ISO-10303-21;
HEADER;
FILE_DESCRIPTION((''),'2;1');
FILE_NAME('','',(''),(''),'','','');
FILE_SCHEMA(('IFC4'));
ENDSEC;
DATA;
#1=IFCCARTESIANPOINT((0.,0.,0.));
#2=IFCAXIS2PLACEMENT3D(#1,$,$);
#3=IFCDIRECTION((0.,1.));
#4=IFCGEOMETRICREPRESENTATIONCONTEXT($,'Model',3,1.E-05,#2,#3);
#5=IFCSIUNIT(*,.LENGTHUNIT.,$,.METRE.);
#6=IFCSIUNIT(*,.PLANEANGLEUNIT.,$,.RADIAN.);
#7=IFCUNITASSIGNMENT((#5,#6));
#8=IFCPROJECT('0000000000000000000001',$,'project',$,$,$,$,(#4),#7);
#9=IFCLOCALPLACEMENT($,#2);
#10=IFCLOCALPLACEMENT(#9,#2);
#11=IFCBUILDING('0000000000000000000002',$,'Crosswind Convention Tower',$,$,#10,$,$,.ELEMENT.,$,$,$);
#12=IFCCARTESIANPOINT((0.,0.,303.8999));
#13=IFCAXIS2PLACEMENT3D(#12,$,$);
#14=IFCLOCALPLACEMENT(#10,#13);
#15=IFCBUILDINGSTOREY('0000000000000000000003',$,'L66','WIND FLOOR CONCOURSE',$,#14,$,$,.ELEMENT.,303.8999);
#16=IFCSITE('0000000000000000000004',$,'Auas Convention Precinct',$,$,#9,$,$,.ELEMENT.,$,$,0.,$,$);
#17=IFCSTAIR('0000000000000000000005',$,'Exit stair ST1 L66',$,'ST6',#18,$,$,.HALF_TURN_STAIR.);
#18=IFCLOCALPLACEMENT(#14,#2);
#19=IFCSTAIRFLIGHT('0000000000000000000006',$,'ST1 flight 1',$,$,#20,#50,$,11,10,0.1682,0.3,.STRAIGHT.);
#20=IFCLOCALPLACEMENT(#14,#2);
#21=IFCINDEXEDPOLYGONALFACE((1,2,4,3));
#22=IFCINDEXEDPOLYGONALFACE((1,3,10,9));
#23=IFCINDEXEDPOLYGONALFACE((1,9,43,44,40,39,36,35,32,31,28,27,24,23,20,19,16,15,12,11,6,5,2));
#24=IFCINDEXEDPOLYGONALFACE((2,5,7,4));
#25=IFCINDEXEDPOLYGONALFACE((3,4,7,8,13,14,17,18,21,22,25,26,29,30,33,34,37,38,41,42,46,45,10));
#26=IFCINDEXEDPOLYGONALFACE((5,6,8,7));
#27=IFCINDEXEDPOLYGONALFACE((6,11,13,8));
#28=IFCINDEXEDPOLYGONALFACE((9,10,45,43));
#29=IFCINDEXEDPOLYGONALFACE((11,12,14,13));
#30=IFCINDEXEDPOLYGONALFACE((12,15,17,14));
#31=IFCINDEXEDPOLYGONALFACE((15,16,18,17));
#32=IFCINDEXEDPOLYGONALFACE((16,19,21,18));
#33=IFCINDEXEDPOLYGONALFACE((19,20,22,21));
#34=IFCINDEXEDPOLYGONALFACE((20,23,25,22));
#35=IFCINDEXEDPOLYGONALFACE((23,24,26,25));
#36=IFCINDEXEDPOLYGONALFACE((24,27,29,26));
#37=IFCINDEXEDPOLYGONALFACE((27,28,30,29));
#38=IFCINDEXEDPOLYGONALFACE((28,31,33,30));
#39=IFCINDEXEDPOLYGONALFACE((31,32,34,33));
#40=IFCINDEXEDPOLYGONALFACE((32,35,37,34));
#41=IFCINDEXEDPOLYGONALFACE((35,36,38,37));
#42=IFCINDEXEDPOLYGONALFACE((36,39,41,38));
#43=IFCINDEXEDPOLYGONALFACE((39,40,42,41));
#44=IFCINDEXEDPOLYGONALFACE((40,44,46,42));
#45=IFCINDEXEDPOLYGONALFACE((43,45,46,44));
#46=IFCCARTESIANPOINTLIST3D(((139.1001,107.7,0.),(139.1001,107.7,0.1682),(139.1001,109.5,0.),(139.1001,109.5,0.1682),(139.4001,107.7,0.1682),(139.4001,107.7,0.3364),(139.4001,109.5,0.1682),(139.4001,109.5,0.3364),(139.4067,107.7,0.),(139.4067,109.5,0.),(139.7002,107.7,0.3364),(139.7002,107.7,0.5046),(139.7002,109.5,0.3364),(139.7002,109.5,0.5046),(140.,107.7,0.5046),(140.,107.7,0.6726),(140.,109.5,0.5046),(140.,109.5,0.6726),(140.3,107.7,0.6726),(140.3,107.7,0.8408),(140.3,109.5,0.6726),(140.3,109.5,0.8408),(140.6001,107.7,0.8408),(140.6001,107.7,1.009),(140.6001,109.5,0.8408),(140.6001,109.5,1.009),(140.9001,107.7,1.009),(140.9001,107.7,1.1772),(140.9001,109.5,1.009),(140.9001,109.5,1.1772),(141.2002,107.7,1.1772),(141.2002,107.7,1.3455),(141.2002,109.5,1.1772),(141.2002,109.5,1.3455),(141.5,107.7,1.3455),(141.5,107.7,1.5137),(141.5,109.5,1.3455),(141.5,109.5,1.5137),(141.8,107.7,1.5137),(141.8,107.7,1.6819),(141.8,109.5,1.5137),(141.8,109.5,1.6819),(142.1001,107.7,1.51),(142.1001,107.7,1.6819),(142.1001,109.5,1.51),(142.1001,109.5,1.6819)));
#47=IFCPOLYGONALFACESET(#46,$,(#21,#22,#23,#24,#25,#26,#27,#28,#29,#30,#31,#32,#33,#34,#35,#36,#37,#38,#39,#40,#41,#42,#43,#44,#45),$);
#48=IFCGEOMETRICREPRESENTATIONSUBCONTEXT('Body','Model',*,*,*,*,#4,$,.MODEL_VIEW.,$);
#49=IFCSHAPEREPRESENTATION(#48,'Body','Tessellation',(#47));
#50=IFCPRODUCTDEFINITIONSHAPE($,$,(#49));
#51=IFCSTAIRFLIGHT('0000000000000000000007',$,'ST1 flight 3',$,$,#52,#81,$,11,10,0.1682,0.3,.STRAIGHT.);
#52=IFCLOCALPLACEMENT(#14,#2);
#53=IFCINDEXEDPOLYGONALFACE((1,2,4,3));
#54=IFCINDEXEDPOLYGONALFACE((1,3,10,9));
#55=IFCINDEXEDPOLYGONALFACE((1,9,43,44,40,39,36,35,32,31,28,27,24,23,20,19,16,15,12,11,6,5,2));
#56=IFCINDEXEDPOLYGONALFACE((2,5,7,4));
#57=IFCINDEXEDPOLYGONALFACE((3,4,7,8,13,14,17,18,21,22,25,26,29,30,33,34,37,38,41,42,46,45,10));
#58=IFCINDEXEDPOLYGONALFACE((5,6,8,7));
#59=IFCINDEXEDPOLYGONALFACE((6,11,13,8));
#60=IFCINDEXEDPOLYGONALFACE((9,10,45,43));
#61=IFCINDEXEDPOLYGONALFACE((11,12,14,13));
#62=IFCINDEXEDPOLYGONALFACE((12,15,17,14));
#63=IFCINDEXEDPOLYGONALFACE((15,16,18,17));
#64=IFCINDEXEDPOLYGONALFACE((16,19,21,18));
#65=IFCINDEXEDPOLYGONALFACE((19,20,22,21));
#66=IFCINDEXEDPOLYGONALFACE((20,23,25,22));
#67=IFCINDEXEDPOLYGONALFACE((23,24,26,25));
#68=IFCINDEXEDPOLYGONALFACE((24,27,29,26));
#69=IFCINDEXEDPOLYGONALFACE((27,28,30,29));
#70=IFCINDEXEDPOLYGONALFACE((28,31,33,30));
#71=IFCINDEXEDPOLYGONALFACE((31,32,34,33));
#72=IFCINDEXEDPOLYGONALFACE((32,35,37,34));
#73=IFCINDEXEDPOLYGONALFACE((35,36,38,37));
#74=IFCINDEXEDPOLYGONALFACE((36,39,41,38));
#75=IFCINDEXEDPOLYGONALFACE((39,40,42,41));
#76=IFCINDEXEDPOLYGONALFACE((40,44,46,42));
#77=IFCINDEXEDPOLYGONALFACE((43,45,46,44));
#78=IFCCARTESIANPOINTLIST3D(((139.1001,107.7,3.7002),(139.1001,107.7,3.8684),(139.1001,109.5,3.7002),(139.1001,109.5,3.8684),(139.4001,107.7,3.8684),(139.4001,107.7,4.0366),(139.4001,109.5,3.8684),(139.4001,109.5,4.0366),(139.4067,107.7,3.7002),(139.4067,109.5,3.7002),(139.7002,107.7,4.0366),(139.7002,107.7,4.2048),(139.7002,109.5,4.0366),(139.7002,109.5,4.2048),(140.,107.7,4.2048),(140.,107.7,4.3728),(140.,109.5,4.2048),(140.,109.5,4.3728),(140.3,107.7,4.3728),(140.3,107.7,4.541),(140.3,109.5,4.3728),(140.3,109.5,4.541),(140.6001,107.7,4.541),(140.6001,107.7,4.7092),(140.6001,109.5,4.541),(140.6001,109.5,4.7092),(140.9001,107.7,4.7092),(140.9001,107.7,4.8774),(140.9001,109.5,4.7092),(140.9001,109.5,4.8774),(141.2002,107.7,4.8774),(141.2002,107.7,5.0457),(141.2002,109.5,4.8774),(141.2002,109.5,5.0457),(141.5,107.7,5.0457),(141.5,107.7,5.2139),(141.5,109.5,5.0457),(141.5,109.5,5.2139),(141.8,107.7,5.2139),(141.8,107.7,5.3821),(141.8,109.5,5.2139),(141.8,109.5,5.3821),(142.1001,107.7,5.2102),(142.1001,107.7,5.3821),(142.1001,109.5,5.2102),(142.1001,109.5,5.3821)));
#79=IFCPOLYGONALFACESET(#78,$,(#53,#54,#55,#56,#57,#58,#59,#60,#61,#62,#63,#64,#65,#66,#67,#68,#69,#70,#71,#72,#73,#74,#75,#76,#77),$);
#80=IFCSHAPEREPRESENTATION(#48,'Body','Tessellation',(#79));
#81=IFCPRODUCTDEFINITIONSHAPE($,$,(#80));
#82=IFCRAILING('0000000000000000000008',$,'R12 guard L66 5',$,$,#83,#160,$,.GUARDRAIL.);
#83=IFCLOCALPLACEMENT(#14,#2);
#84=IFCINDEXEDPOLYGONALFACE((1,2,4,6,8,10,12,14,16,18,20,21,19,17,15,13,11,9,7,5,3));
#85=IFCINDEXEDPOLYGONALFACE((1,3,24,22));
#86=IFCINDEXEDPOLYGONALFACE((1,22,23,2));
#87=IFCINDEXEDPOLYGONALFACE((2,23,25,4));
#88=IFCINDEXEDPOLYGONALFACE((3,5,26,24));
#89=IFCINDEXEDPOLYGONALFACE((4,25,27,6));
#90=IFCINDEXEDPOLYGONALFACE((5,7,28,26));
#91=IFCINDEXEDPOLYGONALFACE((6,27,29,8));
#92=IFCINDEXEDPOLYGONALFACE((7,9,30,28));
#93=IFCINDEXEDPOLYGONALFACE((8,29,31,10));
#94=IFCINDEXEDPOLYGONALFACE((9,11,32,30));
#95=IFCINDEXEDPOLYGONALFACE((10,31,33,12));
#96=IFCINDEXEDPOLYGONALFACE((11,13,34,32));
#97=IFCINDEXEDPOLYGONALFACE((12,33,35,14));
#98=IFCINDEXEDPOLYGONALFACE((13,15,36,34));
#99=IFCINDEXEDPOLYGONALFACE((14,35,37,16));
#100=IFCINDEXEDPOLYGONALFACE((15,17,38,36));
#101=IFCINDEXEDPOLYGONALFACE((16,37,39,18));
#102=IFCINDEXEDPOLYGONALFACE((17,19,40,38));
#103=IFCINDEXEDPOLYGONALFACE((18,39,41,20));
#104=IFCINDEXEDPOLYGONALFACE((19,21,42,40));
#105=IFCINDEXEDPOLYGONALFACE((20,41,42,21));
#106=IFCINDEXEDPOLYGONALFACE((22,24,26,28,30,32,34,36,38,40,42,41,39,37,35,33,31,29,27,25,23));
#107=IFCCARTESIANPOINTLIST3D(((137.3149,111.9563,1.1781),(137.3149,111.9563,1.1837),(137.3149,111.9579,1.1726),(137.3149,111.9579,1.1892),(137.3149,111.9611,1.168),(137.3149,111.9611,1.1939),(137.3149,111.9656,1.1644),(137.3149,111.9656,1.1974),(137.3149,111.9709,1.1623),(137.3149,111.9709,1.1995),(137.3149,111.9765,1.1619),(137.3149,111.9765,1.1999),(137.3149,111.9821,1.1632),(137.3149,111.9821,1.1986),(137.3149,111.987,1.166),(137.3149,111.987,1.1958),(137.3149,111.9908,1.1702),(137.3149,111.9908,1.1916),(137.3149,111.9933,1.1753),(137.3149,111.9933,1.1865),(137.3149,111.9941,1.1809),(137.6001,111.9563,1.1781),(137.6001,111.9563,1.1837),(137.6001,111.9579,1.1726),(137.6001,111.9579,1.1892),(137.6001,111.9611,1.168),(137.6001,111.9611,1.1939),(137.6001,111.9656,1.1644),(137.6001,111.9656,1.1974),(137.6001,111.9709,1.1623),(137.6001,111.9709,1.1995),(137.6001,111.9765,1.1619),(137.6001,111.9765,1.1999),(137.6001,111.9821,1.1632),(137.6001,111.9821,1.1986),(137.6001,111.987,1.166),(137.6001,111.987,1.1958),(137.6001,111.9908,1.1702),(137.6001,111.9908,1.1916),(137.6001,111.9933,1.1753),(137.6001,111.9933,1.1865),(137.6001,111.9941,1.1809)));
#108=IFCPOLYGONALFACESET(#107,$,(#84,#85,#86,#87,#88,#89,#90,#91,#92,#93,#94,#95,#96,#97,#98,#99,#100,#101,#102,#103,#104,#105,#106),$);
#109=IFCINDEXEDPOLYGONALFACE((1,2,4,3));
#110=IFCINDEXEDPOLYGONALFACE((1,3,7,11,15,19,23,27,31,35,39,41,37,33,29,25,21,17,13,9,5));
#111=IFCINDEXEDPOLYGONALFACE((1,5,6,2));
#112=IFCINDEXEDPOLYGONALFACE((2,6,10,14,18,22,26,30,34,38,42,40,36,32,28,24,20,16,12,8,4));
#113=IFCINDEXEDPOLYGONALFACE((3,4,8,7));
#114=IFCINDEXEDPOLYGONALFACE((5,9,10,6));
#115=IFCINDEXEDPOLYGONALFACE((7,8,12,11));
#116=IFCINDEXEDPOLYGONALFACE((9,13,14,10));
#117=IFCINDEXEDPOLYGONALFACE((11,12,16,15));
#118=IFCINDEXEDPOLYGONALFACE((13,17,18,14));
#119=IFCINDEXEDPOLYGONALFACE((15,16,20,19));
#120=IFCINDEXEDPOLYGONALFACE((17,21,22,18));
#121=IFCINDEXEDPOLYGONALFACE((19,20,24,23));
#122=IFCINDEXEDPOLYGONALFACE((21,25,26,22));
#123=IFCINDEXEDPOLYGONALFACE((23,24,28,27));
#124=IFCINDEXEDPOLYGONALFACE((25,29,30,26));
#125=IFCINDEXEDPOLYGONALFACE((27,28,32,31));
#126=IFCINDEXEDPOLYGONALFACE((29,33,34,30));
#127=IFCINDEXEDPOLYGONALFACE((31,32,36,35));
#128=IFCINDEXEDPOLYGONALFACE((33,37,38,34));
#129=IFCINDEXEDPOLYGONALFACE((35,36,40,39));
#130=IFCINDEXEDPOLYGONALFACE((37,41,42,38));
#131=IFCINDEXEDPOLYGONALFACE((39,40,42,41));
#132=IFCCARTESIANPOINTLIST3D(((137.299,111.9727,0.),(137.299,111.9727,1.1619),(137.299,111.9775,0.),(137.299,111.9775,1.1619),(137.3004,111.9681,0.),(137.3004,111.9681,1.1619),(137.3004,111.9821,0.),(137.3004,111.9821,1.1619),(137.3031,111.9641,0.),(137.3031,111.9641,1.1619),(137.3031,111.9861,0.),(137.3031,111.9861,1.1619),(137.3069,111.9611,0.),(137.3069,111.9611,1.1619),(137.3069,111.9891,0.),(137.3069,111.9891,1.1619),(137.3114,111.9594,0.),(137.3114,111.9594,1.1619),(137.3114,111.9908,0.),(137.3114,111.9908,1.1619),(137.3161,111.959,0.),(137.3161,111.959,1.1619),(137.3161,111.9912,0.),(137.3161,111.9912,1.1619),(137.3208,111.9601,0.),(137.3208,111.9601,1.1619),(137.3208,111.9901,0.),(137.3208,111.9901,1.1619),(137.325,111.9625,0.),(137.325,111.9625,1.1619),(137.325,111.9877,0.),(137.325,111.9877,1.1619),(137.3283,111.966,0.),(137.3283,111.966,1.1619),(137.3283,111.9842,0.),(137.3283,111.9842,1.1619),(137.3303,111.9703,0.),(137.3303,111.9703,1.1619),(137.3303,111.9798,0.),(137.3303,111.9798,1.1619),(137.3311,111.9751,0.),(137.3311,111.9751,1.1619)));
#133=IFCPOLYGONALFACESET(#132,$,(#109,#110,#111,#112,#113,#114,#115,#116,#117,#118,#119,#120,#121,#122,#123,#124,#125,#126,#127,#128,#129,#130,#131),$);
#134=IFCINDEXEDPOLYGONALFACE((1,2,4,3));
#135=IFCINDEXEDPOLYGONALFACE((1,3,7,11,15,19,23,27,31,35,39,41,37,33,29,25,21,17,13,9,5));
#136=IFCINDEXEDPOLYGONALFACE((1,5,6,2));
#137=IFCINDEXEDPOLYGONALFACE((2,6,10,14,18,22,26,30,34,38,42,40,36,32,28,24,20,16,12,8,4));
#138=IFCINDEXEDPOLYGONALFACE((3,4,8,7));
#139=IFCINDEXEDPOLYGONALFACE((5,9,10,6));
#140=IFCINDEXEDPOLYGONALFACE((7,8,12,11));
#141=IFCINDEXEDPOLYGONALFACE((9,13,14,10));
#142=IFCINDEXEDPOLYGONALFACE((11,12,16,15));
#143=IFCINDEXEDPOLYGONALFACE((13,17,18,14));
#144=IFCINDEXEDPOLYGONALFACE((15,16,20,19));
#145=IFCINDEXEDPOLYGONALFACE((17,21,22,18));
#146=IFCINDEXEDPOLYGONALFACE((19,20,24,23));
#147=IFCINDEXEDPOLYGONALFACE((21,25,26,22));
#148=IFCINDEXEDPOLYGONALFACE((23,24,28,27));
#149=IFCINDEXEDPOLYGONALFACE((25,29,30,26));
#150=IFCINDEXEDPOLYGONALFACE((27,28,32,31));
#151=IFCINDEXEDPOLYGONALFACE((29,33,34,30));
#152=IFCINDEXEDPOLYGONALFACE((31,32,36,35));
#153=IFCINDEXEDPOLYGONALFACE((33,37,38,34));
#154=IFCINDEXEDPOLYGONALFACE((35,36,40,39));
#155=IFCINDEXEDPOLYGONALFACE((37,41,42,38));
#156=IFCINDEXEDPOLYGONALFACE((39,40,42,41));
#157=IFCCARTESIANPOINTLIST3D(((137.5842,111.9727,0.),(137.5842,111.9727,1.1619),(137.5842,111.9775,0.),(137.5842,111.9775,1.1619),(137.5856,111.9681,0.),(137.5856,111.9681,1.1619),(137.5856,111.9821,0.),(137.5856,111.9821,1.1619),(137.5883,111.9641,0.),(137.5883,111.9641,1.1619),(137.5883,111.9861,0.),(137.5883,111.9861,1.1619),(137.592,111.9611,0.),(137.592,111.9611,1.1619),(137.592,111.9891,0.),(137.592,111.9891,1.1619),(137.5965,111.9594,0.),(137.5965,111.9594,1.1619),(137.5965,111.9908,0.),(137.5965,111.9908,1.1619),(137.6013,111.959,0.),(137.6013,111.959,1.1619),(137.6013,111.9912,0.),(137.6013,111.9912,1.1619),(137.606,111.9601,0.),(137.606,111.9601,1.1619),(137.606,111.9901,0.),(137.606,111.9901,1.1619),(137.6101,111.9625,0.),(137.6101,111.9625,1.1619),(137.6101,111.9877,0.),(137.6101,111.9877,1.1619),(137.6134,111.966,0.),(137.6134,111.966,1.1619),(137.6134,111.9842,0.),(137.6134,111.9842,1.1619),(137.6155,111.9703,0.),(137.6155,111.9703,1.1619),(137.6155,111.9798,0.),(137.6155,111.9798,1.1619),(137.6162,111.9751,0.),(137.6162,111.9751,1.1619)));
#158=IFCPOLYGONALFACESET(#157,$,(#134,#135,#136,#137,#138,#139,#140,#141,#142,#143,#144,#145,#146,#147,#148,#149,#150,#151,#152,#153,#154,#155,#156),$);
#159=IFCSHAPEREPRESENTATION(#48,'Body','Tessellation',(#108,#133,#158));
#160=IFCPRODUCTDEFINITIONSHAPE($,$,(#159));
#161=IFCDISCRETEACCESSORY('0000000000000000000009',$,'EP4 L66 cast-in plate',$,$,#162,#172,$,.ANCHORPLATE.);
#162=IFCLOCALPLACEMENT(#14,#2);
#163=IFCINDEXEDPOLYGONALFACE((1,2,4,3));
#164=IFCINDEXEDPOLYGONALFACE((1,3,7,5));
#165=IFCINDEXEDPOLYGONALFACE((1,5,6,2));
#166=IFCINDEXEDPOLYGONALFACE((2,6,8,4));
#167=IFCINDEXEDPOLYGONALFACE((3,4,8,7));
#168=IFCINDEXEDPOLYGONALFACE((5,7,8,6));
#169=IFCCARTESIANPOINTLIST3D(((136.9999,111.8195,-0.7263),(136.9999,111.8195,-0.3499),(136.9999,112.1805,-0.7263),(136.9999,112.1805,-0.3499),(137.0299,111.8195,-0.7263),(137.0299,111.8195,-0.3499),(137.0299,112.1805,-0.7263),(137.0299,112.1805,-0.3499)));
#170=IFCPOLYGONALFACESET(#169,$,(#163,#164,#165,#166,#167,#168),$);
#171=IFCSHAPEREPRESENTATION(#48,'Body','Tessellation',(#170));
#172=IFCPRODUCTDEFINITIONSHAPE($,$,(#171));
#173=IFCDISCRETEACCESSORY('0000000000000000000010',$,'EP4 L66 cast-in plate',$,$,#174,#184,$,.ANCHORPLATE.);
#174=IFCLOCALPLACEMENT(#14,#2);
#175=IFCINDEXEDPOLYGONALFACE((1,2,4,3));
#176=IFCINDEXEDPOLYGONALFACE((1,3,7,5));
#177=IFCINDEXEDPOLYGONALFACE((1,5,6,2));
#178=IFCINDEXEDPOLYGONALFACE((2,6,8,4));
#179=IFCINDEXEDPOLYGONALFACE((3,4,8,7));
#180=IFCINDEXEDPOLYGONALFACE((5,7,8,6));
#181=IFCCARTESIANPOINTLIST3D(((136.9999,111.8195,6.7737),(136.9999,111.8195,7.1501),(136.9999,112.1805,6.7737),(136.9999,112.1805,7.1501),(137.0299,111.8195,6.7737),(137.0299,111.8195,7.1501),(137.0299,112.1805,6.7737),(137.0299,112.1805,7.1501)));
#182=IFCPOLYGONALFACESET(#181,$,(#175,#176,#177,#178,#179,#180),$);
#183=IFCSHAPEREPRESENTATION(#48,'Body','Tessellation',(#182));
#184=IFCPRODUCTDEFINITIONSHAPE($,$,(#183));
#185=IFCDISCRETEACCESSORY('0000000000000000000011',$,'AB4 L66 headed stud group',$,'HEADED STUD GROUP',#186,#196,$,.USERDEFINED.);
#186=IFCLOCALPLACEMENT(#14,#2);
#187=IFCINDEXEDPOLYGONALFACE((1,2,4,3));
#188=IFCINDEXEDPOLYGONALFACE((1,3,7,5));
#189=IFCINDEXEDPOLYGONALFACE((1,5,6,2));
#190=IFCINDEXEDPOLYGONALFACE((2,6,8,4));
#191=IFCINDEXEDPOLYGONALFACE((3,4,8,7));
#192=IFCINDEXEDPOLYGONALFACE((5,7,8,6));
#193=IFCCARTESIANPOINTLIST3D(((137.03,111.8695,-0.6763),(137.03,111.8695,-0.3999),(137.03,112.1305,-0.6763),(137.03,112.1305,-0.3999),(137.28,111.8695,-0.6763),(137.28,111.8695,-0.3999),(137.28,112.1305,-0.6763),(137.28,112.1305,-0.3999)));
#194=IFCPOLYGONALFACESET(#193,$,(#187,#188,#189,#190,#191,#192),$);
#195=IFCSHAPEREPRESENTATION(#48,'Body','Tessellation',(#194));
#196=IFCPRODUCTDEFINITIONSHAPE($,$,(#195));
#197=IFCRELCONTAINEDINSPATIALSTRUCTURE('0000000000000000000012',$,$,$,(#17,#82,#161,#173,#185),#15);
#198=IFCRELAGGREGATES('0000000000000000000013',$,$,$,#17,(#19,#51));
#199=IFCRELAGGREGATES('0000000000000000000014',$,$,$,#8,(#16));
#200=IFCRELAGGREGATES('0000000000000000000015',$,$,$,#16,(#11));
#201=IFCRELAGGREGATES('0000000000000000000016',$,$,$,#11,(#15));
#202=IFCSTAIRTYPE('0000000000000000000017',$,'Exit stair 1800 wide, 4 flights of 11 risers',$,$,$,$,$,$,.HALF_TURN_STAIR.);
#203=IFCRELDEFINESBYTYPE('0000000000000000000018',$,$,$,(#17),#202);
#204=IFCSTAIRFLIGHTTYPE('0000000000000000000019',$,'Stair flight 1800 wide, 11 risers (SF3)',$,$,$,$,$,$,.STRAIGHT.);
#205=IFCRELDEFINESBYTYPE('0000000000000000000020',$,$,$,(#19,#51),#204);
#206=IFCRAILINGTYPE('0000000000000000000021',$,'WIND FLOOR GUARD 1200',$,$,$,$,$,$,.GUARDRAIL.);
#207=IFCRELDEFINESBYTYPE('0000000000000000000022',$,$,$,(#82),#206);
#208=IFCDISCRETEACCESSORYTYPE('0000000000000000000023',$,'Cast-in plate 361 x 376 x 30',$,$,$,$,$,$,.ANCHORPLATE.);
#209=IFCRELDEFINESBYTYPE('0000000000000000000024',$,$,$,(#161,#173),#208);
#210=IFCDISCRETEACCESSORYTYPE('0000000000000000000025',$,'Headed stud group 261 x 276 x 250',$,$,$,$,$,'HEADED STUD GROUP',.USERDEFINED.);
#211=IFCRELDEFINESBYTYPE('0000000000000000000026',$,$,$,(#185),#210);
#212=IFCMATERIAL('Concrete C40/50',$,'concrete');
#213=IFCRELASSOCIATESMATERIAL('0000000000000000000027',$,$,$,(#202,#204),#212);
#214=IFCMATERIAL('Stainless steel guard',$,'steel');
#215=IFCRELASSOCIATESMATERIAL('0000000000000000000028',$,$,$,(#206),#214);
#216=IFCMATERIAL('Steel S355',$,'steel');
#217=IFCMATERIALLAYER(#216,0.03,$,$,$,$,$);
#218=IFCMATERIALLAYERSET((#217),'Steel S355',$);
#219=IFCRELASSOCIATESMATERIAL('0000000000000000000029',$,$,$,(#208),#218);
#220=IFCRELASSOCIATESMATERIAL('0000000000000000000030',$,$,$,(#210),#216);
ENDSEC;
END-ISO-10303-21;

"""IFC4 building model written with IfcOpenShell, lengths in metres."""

from ifc_helpers import new_model, si_unit, direction, frame, origin, origin_2d, place, context, subcontext, project, spatial, polyline, rectangle, circle, outline, extrude, material, layer, layer_set, type_object, element, aggregate, save


model = new_model("IFC4")

# Units and contexts
model_context = context("Model", 3, precision=1e-05, world=origin(), true_north=direction((0.0, 1.0)))
body_context = subcontext(model_context, "Body", "Model", "MODEL_VIEW")
ifc_project = project(units=[si_unit("LENGTHUNIT", "METRE"), si_unit("PLANEANGLEUNIT", "RADIAN")], contexts=[model_context])

# Site, building, storey
site_placement = place(None, origin())
site = spatial("IfcSite", under=ifc_project, at=site_placement, Name="Auas Convention Precinct", CompositionType="ELEMENT", RefElevation=0.0)
building_placement = place(site_placement, origin())
building = spatial("IfcBuilding", under=site, at=building_placement, Name="Crosswind Convention Tower", CompositionType="ELEMENT")
storey_placement = place(building_placement, frame((0.0, 0.0, 303.8999)))
storey = spatial("IfcBuildingStorey", under=building, at=storey_placement, Name="L66", Description="WIND FLOOR CONCOURSE", CompositionType="ELEMENT", Elevation=303.8999)

# Shared definitions
ifc_material_1 = material(Name="Steel S355", Category="steel")

# Stair, stair flights
ifc_material_2 = material(Name="Concrete C40/50", Category="concrete")
stair_type = type_object("IfcStairType", Name="Exit stair 1800 wide, 4 flights of 11 risers", PredefinedType="HALF_TURN_STAIR", material=ifc_material_2)
stair_placement = place(storey_placement, origin())
stair = element("IfcStair", 1, at=stair_placement, inside=storey, type_object=stair_type, Name="Exit stair ST1 L66", ObjectType="ST6", PredefinedType="HALF_TURN_STAIR")
stair_flight_type = type_object("IfcStairFlightType", Name="Stair flight 1800 wide, 11 risers (SF3)", PredefinedType="STRAIGHT", material=ifc_material_2)
stair_flight_1_placement = place(storey_placement, frame((139.1001, 108.6001, 0.0), z_axis=(0.0, 0.0, 1.0), x_axis=(1.0, 0.0, 0.0)))
stair_flight_1 = element("IfcStairFlight", 2, at=stair_flight_1_placement, type_object=stair_flight_type, Name="ST1 flight 1", NumberOfRisers=11, NumberOfTreads=10, PredefinedType="STRAIGHT", RiserHeight=0.1682, TreadLength=0.3, context=body_context, shape_type="SweptSolid", body=[
    extrude(outline(polyline([(0.0, 0.0), (0.0, 0.1682), (0.3, 0.1682), (0.3, 0.3364), (0.6001, 0.3364), (0.6001, 0.5046), (0.8999, 0.5046), (0.8999, 0.6726), (1.2, 0.6726), (1.2, 0.8408), (1.5, 0.8408), (1.5, 1.009), (1.8, 1.009), (1.8, 1.1772), (2.1001, 1.1772), (2.1001, 1.3455), (2.3999, 1.3455), (2.3999, 1.5137), (2.7, 1.5137), (2.7, 1.6819), (3.0, 1.6819), (3.0, 1.8501), (3.0, 1.51), (0.3066, 0.0), (0.0, 0.0)])), frame((0.0, 0.8999, 0.0), z_axis=(0.0, -1.0, 0.0), x_axis=(1.0, 0.0, 0.0)), (0.0, 0.0, 1.0), 1.8),
])
stair_flight_2_placement = place(storey_placement, frame((139.1001, 108.6001, 3.7002), z_axis=(0.0, 0.0, 1.0), x_axis=(1.0, 0.0, 0.0)))
stair_flight_2 = element("IfcStairFlight", 3, at=stair_flight_2_placement, type_object=stair_flight_type, Name="ST1 flight 3", NumberOfRisers=11, NumberOfTreads=10, PredefinedType="STRAIGHT", RiserHeight=0.1682, TreadLength=0.3, context=body_context, shape_type="SweptSolid", body=[
    extrude(outline(polyline([(0.0, 0.0), (0.0, 0.1682), (0.3, 0.1682), (0.3, 0.3364), (0.6001, 0.3364), (0.6001, 0.5046), (0.8999, 0.5046), (0.8999, 0.6726), (1.2, 0.6726), (1.2, 0.8408), (1.5, 0.8408), (1.5, 1.009), (1.8, 1.009), (1.8, 1.1772), (2.1001, 1.1772), (2.1001, 1.3455), (2.3999, 1.3455), (2.3999, 1.5137), (2.7, 1.5137), (2.7, 1.6819), (3.0, 1.6819), (3.0, 1.8501), (3.0, 1.51), (0.3066, 0.0), (0.0, 0.0)])), frame((0.0, 0.8999, 0.0), z_axis=(0.0, -1.0, 0.0), x_axis=(1.0, 0.0, 0.0)), (0.0, 0.0, 1.0), 1.8),
])
aggregate(stair, [stair_flight_1, stair_flight_2])

# Railing
ifc_material_3 = material(Name="Stainless steel guard", Category="steel")
railing_type = type_object("IfcRailingType", Name="WIND FLOOR GUARD 1200", PredefinedType="GUARDRAIL", material=ifc_material_3)
railing_placement = place(storey_placement, frame((137.3149, 111.9751, 0.0)))
element("IfcRailing", 4, at=railing_placement, inside=storey, type_object=railing_type, Name="R12 guard L66 5", PredefinedType="GUARDRAIL", context=body_context, shape_type="SweptSolid", body=[
    extrude(circle(Radius=0.019, at=origin_2d()), frame((0.0, 0.0, 1.1809), z_axis=(1.0, 0.0, 0.0), x_axis=(0.0, 1.0, 0.0)), (0.0, 0.0, 1.0), 0.2852),
    extrude(circle(Radius=0.0161, at=origin_2d()), origin(), (0.0, 0.0, 1.0), 1.1619),
    extrude(circle(Radius=0.0161, at=origin_2d()), frame((0.2852, 0.0, 0.0)), (0.0, 0.0, 1.0), 1.1619),
])

# Discrete accessories
ifc_layer_1 = layer(ifc_material_1, 0.03)
ifc_layer_set_1 = layer_set([ifc_layer_1], Name="Steel S355")
discrete_accessory_type_1 = type_object("IfcDiscreteAccessoryType", Name="Cast-in plate 361 x 376 x 30", PredefinedType="ANCHORPLATE", material=ifc_layer_set_1)
for number, where, z_axis, x_axis, name in (
    (5, (137.0149, 112.0, -0.7263), (0.0, 0.0, 1.0), (1.0, 0.0, 0.0), "EP4 L66 cast-in plate"),
    (6, (137.0149, 112.0, 6.7737), (0.0, 0.0, 1.0), (1.0, 0.0, 0.0), "EP4 L66 cast-in plate"),
):
    element("IfcDiscreteAccessory", number, at=place(storey_placement, frame(where, z_axis=z_axis, x_axis=x_axis)), inside=storey, type_object=discrete_accessory_type_1, Name=name, PredefinedType="ANCHORPLATE", context=body_context, shape_type="SweptSolid", body=[
        extrude(rectangle(XDim=0.03, YDim=0.3611, at=origin_2d()), origin(), (0.0, 0.0, 1.0), 0.3765),
    ])
discrete_accessory_type_2 = type_object("IfcDiscreteAccessoryType", Name="Headed stud group 261 x 276 x 250", ElementType="HEADED STUD GROUP", PredefinedType="USERDEFINED", material=ifc_material_1)
for number, where, z_axis, x_axis, name in (
    (7, (137.155, 112.0, -0.6763), (0.0, 0.0, 1.0), (1.0, 0.0, 0.0), "AB4 L66 headed stud group"),
):
    element("IfcDiscreteAccessory", number, at=place(storey_placement, frame(where, z_axis=z_axis, x_axis=x_axis)), inside=storey, type_object=discrete_accessory_type_2, Name=name, ObjectType="HEADED STUD GROUP", PredefinedType="USERDEFINED", context=body_context, shape_type="SweptSolid", body=[
        extrude(rectangle(XDim=0.25, YDim=0.261, at=origin_2d()), origin(), (0.0, 0.0, 1.0), 0.2764),
    ])

save(model, "model.ifc")
